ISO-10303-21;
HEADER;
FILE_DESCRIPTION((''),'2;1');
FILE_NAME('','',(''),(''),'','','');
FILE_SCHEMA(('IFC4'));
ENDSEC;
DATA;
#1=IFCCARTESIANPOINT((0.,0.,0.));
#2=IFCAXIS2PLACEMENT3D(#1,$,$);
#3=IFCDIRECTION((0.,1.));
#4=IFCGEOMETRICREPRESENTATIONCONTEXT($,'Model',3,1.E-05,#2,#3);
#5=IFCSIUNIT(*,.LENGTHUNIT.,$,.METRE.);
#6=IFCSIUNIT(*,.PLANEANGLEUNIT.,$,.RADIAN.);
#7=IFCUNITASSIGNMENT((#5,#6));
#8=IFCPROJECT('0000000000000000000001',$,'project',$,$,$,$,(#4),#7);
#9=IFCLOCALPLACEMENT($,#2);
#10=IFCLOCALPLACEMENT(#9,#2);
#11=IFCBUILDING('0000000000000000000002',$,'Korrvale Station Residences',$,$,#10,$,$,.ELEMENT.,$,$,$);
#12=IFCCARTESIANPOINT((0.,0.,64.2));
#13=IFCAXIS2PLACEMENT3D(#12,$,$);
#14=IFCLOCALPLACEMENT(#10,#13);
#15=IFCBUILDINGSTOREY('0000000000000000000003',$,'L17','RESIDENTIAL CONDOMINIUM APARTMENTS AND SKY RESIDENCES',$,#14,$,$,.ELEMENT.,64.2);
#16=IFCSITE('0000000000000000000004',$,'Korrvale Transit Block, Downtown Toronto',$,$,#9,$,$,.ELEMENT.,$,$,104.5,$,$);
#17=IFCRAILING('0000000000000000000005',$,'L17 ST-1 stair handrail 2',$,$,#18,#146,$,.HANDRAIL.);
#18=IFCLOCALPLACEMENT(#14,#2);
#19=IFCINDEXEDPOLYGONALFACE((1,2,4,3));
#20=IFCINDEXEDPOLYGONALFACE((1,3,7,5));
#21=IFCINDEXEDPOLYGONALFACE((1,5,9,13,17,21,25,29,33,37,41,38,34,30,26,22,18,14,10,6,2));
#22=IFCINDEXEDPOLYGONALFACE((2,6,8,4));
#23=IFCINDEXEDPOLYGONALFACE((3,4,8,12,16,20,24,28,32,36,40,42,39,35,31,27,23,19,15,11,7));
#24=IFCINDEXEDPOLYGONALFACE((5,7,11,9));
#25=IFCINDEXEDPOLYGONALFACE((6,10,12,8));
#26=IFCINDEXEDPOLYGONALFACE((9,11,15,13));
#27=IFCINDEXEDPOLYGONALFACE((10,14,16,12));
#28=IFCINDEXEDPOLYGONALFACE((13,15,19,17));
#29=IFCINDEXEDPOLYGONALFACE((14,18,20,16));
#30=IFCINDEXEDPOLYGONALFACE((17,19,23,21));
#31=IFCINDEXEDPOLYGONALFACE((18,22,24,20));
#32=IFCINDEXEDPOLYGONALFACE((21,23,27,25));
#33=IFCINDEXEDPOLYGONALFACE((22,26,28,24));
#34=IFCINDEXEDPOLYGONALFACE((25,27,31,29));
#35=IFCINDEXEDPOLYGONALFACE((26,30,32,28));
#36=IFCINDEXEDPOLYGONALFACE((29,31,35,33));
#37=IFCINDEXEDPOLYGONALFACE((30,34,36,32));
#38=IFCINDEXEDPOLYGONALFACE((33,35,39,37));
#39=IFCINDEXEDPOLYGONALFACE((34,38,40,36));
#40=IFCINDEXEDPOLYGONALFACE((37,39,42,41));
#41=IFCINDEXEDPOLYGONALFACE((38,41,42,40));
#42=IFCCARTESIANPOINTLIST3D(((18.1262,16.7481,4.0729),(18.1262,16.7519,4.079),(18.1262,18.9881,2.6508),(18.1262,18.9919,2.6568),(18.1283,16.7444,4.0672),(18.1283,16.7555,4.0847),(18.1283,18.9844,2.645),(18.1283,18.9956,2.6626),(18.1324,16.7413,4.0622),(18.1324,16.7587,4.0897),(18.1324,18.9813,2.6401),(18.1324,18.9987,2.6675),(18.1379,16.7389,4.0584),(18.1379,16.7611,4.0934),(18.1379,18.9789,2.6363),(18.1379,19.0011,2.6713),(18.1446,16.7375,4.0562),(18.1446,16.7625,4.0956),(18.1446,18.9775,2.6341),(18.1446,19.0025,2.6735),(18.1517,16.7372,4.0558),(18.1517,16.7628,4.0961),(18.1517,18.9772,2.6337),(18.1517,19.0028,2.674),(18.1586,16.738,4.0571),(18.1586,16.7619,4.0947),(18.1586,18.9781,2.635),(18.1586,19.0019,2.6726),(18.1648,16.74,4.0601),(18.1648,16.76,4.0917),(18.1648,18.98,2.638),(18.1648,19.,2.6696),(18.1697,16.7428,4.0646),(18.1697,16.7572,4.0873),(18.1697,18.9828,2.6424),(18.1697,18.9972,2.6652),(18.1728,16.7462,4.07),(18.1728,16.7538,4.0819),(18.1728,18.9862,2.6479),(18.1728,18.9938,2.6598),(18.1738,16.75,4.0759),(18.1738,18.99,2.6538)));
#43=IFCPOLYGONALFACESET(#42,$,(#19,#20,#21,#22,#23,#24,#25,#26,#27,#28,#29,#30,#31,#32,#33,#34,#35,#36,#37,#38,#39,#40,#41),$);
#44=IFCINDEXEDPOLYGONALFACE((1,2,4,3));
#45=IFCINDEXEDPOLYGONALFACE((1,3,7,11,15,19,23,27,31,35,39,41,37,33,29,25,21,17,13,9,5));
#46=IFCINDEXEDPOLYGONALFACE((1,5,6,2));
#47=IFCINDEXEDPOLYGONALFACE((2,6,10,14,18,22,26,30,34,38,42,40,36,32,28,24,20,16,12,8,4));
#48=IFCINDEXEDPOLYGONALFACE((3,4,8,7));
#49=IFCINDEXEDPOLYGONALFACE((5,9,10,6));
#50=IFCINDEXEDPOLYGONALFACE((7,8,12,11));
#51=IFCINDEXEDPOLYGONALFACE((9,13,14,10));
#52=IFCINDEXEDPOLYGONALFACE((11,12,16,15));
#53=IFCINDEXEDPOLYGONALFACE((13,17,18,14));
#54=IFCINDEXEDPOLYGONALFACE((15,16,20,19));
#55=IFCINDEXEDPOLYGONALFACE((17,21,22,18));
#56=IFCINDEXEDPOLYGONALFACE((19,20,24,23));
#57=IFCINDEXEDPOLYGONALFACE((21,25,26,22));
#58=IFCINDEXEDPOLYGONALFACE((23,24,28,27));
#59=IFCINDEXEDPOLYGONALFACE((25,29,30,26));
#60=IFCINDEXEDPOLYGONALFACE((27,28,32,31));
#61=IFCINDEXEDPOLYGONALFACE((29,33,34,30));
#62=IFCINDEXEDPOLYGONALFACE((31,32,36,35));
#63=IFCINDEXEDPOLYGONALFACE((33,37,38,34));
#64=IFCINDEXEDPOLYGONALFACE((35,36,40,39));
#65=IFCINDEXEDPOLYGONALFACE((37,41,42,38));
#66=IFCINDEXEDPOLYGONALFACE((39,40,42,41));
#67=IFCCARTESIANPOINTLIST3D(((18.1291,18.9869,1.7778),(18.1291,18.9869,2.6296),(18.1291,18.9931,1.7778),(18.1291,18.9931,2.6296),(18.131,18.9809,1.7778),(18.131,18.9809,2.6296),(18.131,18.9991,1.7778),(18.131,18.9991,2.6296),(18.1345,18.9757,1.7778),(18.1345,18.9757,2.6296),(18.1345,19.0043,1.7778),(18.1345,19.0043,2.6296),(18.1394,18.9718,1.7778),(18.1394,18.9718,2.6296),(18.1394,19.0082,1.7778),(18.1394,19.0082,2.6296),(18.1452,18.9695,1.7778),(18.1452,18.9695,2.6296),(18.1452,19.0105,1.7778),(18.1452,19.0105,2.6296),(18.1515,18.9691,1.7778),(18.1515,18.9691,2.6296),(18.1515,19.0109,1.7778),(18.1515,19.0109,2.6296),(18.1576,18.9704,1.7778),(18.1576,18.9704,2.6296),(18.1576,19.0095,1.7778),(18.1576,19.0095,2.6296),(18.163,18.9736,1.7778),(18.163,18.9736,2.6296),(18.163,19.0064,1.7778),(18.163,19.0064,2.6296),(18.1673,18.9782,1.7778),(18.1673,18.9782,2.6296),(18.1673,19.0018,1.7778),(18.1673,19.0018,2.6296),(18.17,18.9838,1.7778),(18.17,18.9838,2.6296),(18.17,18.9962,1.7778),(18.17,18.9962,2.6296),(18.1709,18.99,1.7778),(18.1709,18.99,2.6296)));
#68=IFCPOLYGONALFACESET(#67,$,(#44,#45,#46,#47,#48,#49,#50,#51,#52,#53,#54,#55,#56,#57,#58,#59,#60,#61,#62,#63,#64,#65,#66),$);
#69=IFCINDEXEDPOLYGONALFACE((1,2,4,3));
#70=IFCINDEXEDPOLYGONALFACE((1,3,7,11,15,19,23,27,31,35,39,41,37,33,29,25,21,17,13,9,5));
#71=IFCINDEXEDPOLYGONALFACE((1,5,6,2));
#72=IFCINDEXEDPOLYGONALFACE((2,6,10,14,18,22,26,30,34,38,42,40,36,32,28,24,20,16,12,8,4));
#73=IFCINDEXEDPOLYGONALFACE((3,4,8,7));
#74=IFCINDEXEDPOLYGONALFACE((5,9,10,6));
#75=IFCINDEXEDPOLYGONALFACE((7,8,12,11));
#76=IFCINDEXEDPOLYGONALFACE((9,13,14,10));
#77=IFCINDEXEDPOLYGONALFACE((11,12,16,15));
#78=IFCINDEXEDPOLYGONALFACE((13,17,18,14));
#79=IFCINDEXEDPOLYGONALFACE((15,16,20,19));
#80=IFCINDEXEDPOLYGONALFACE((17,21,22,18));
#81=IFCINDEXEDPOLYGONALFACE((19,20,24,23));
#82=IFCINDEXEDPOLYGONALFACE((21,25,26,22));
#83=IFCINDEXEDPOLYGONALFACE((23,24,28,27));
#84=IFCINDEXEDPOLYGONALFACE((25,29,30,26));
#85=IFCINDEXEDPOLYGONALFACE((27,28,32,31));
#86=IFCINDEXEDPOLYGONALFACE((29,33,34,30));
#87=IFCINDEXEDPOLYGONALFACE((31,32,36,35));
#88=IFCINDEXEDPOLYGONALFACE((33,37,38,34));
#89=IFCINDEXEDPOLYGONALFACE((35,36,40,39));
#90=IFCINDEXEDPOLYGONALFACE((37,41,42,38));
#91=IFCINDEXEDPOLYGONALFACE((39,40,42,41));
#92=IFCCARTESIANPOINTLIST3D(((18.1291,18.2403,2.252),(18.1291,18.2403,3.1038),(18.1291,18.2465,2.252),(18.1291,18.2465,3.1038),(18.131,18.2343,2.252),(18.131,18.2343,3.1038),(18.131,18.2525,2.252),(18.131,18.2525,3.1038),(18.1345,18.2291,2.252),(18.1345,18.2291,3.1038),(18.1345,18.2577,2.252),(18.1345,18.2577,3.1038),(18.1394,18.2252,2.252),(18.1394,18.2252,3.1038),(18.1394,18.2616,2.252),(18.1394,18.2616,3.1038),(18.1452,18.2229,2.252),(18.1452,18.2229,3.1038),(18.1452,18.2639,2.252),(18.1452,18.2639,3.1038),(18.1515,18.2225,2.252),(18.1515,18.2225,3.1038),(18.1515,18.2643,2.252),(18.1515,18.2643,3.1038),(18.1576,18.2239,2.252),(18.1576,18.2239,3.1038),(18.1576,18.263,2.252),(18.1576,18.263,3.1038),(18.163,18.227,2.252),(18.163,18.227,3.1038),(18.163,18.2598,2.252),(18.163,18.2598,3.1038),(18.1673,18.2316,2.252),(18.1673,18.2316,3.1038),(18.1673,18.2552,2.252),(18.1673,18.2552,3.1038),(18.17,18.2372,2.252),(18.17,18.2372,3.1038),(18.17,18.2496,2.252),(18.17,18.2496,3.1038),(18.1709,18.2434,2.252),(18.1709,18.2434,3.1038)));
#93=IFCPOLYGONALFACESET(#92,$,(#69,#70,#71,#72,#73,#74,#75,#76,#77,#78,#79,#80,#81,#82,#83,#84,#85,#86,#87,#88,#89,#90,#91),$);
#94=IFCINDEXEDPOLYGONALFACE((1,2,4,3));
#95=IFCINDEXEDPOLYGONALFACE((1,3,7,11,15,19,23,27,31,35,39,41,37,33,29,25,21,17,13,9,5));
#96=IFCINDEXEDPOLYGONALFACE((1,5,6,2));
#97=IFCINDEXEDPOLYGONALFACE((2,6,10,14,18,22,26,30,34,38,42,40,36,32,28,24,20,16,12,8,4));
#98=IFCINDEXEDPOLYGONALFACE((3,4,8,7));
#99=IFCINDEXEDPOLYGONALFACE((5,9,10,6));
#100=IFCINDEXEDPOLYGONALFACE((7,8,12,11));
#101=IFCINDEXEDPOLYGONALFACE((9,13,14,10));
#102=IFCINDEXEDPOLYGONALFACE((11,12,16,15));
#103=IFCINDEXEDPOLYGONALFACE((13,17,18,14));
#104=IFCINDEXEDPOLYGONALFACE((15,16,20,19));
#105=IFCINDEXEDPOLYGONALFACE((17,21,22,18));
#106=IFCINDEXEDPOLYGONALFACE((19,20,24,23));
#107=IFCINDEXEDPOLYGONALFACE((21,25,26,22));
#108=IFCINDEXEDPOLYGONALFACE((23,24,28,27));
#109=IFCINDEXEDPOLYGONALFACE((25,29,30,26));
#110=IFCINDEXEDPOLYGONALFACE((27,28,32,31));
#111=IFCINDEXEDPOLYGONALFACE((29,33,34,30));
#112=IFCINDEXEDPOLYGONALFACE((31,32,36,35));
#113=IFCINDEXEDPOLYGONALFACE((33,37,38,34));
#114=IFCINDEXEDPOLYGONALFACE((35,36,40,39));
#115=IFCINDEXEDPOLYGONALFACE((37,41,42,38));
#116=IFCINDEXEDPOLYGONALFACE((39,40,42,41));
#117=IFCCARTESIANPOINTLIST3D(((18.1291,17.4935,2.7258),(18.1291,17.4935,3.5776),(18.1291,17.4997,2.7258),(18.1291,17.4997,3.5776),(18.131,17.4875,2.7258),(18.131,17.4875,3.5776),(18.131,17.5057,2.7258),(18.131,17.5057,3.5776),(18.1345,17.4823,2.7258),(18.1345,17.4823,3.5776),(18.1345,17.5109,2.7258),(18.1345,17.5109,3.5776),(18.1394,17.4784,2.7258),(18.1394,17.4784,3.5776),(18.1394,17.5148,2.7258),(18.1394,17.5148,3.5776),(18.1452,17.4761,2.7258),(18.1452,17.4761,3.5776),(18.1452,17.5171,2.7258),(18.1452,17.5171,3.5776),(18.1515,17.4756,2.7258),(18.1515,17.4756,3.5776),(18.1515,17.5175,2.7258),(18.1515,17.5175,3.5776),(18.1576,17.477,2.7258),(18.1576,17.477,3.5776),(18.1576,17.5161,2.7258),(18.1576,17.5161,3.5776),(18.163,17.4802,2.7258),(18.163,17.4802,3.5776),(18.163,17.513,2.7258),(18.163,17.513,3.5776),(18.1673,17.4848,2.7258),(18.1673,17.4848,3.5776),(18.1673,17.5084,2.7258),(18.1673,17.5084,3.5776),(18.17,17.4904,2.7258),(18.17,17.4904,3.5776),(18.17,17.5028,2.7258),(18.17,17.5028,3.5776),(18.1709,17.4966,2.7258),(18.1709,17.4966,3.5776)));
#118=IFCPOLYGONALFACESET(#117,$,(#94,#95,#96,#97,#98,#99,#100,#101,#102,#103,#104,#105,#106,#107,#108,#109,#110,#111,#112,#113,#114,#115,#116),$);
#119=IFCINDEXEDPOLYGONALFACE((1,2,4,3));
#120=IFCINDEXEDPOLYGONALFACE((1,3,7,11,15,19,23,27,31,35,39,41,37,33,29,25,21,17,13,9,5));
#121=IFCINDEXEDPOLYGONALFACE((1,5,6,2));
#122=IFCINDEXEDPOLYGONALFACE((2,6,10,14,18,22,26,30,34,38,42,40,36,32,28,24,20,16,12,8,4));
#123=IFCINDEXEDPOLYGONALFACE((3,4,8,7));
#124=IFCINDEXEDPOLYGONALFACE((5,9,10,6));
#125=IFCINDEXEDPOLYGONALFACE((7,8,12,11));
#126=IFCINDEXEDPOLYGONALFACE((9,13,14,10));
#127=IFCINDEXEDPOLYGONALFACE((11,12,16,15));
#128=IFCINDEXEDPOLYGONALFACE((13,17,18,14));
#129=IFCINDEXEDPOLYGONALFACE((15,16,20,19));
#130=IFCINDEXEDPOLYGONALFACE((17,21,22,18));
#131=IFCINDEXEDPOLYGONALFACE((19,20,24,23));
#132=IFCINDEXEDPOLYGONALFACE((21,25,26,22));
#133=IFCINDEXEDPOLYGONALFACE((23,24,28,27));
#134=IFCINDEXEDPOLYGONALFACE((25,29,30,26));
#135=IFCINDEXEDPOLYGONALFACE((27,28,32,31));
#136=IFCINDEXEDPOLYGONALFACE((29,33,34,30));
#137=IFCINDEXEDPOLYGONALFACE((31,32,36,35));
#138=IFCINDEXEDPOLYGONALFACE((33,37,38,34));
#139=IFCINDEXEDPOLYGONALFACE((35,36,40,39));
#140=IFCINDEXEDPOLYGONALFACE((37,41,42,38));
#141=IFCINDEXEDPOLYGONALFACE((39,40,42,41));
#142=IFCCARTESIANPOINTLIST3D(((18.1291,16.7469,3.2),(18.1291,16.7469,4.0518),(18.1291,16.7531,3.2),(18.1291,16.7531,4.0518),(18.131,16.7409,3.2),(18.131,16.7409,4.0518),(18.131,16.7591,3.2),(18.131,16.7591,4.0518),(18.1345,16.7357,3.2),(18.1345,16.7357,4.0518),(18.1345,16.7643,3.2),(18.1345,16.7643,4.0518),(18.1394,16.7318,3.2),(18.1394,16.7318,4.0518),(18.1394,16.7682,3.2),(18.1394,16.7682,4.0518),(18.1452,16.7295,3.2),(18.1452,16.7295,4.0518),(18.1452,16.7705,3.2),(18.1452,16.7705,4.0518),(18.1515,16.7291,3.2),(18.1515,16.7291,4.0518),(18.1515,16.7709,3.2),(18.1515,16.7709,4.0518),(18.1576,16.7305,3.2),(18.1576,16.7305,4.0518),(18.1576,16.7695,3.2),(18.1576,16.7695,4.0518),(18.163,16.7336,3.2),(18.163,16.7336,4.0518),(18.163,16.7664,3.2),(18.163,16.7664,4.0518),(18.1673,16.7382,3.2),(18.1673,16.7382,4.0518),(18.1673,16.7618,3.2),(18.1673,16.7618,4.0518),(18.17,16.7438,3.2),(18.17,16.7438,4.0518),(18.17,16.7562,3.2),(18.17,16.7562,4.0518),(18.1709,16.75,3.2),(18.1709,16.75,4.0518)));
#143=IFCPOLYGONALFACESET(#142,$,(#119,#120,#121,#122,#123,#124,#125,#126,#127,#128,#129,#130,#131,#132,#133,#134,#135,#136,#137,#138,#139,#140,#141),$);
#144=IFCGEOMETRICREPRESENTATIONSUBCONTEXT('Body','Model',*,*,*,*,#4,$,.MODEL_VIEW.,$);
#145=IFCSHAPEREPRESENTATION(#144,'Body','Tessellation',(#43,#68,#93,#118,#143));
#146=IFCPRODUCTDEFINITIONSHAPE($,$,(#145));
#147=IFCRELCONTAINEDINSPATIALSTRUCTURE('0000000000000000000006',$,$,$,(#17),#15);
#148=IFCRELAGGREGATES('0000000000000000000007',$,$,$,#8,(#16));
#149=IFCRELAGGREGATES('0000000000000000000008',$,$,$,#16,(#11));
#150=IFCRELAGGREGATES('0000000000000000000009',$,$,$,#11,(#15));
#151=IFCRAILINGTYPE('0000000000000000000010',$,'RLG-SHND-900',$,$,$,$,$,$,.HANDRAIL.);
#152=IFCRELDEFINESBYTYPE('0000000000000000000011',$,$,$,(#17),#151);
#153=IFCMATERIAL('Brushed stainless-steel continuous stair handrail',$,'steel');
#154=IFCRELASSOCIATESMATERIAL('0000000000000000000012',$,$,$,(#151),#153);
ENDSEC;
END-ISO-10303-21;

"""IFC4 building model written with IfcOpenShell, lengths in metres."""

from ifc_helpers import new_model, si_unit, direction, frame, origin, origin_2d, place, context, subcontext, project, spatial, circle, extrude, material, type_object, element, save


model = new_model("IFC4")

# Units and contexts
model_context = context("Model", 3, precision=1e-05, world=origin(), true_north=direction((0.0, 1.0)))
body_context = subcontext(model_context, "Body", "Model", "MODEL_VIEW")
ifc_project = project(units=[si_unit("LENGTHUNIT", "METRE"), si_unit("PLANEANGLEUNIT", "RADIAN")], contexts=[model_context])

# Site, building, storey
site_placement = place(None, origin())
site = spatial("IfcSite", under=ifc_project, at=site_placement, Name="Korrvale Transit Block, Downtown Toronto", CompositionType="ELEMENT", RefElevation=104.5)
building_placement = place(site_placement, origin())
building = spatial("IfcBuilding", under=site, at=building_placement, Name="Korrvale Station Residences", CompositionType="ELEMENT")
storey_placement = place(building_placement, frame((0.0, 0.0, 64.2)))
storey = spatial("IfcBuildingStorey", under=building, at=storey_placement, Name="L17", Description="RESIDENTIAL CONDOMINIUM APARTMENTS AND SKY RESIDENCES", CompositionType="ELEMENT", Elevation=64.2)

# Railing
ifc_material_1 = material(Name="Brushed stainless-steel continuous stair handrail", Category="steel")
railing_type_1 = type_object("IfcRailingType", Name="RLG-SHND-900", PredefinedType="HANDRAIL", material=ifc_material_1)
railing_1_placement = place(storey_placement, frame((18.1499, 18.99, 1.7778)))
element("IfcRailing", 1, at=railing_1_placement, inside=storey, type_object=railing_type_1, Name="L17 ST-1 stair handrail 2", PredefinedType="HANDRAIL", context=body_context, shape_type="SweptSolid", body=[
    extrude(circle(Radius=0.0239, at=origin_2d()), frame((0.0, 0.0, 0.876), z_axis=(0.0, -0.844229, 0.535982), x_axis=(1.0, 0.0, 0.0)), (0.0, 0.0, 1.0), 2.6533),
    extrude(circle(Radius=0.021, at=origin_2d()), origin(), (0.0, 0.0, 1.0), 0.8518),
    extrude(circle(Radius=0.021, at=origin_2d()), frame((0.0, -0.7466, 0.4741)), (0.0, 0.0, 1.0), 0.8518),
    extrude(circle(Radius=0.021, at=origin_2d()), frame((0.0, -1.4934, 0.948)), (0.0, 0.0, 1.0), 0.8518),
    extrude(circle(Radius=0.021, at=origin_2d()), frame((0.0, -2.24, 1.4221)), (0.0, 0.0, 1.0), 0.8518),
])

save(model, "model.ifc")
